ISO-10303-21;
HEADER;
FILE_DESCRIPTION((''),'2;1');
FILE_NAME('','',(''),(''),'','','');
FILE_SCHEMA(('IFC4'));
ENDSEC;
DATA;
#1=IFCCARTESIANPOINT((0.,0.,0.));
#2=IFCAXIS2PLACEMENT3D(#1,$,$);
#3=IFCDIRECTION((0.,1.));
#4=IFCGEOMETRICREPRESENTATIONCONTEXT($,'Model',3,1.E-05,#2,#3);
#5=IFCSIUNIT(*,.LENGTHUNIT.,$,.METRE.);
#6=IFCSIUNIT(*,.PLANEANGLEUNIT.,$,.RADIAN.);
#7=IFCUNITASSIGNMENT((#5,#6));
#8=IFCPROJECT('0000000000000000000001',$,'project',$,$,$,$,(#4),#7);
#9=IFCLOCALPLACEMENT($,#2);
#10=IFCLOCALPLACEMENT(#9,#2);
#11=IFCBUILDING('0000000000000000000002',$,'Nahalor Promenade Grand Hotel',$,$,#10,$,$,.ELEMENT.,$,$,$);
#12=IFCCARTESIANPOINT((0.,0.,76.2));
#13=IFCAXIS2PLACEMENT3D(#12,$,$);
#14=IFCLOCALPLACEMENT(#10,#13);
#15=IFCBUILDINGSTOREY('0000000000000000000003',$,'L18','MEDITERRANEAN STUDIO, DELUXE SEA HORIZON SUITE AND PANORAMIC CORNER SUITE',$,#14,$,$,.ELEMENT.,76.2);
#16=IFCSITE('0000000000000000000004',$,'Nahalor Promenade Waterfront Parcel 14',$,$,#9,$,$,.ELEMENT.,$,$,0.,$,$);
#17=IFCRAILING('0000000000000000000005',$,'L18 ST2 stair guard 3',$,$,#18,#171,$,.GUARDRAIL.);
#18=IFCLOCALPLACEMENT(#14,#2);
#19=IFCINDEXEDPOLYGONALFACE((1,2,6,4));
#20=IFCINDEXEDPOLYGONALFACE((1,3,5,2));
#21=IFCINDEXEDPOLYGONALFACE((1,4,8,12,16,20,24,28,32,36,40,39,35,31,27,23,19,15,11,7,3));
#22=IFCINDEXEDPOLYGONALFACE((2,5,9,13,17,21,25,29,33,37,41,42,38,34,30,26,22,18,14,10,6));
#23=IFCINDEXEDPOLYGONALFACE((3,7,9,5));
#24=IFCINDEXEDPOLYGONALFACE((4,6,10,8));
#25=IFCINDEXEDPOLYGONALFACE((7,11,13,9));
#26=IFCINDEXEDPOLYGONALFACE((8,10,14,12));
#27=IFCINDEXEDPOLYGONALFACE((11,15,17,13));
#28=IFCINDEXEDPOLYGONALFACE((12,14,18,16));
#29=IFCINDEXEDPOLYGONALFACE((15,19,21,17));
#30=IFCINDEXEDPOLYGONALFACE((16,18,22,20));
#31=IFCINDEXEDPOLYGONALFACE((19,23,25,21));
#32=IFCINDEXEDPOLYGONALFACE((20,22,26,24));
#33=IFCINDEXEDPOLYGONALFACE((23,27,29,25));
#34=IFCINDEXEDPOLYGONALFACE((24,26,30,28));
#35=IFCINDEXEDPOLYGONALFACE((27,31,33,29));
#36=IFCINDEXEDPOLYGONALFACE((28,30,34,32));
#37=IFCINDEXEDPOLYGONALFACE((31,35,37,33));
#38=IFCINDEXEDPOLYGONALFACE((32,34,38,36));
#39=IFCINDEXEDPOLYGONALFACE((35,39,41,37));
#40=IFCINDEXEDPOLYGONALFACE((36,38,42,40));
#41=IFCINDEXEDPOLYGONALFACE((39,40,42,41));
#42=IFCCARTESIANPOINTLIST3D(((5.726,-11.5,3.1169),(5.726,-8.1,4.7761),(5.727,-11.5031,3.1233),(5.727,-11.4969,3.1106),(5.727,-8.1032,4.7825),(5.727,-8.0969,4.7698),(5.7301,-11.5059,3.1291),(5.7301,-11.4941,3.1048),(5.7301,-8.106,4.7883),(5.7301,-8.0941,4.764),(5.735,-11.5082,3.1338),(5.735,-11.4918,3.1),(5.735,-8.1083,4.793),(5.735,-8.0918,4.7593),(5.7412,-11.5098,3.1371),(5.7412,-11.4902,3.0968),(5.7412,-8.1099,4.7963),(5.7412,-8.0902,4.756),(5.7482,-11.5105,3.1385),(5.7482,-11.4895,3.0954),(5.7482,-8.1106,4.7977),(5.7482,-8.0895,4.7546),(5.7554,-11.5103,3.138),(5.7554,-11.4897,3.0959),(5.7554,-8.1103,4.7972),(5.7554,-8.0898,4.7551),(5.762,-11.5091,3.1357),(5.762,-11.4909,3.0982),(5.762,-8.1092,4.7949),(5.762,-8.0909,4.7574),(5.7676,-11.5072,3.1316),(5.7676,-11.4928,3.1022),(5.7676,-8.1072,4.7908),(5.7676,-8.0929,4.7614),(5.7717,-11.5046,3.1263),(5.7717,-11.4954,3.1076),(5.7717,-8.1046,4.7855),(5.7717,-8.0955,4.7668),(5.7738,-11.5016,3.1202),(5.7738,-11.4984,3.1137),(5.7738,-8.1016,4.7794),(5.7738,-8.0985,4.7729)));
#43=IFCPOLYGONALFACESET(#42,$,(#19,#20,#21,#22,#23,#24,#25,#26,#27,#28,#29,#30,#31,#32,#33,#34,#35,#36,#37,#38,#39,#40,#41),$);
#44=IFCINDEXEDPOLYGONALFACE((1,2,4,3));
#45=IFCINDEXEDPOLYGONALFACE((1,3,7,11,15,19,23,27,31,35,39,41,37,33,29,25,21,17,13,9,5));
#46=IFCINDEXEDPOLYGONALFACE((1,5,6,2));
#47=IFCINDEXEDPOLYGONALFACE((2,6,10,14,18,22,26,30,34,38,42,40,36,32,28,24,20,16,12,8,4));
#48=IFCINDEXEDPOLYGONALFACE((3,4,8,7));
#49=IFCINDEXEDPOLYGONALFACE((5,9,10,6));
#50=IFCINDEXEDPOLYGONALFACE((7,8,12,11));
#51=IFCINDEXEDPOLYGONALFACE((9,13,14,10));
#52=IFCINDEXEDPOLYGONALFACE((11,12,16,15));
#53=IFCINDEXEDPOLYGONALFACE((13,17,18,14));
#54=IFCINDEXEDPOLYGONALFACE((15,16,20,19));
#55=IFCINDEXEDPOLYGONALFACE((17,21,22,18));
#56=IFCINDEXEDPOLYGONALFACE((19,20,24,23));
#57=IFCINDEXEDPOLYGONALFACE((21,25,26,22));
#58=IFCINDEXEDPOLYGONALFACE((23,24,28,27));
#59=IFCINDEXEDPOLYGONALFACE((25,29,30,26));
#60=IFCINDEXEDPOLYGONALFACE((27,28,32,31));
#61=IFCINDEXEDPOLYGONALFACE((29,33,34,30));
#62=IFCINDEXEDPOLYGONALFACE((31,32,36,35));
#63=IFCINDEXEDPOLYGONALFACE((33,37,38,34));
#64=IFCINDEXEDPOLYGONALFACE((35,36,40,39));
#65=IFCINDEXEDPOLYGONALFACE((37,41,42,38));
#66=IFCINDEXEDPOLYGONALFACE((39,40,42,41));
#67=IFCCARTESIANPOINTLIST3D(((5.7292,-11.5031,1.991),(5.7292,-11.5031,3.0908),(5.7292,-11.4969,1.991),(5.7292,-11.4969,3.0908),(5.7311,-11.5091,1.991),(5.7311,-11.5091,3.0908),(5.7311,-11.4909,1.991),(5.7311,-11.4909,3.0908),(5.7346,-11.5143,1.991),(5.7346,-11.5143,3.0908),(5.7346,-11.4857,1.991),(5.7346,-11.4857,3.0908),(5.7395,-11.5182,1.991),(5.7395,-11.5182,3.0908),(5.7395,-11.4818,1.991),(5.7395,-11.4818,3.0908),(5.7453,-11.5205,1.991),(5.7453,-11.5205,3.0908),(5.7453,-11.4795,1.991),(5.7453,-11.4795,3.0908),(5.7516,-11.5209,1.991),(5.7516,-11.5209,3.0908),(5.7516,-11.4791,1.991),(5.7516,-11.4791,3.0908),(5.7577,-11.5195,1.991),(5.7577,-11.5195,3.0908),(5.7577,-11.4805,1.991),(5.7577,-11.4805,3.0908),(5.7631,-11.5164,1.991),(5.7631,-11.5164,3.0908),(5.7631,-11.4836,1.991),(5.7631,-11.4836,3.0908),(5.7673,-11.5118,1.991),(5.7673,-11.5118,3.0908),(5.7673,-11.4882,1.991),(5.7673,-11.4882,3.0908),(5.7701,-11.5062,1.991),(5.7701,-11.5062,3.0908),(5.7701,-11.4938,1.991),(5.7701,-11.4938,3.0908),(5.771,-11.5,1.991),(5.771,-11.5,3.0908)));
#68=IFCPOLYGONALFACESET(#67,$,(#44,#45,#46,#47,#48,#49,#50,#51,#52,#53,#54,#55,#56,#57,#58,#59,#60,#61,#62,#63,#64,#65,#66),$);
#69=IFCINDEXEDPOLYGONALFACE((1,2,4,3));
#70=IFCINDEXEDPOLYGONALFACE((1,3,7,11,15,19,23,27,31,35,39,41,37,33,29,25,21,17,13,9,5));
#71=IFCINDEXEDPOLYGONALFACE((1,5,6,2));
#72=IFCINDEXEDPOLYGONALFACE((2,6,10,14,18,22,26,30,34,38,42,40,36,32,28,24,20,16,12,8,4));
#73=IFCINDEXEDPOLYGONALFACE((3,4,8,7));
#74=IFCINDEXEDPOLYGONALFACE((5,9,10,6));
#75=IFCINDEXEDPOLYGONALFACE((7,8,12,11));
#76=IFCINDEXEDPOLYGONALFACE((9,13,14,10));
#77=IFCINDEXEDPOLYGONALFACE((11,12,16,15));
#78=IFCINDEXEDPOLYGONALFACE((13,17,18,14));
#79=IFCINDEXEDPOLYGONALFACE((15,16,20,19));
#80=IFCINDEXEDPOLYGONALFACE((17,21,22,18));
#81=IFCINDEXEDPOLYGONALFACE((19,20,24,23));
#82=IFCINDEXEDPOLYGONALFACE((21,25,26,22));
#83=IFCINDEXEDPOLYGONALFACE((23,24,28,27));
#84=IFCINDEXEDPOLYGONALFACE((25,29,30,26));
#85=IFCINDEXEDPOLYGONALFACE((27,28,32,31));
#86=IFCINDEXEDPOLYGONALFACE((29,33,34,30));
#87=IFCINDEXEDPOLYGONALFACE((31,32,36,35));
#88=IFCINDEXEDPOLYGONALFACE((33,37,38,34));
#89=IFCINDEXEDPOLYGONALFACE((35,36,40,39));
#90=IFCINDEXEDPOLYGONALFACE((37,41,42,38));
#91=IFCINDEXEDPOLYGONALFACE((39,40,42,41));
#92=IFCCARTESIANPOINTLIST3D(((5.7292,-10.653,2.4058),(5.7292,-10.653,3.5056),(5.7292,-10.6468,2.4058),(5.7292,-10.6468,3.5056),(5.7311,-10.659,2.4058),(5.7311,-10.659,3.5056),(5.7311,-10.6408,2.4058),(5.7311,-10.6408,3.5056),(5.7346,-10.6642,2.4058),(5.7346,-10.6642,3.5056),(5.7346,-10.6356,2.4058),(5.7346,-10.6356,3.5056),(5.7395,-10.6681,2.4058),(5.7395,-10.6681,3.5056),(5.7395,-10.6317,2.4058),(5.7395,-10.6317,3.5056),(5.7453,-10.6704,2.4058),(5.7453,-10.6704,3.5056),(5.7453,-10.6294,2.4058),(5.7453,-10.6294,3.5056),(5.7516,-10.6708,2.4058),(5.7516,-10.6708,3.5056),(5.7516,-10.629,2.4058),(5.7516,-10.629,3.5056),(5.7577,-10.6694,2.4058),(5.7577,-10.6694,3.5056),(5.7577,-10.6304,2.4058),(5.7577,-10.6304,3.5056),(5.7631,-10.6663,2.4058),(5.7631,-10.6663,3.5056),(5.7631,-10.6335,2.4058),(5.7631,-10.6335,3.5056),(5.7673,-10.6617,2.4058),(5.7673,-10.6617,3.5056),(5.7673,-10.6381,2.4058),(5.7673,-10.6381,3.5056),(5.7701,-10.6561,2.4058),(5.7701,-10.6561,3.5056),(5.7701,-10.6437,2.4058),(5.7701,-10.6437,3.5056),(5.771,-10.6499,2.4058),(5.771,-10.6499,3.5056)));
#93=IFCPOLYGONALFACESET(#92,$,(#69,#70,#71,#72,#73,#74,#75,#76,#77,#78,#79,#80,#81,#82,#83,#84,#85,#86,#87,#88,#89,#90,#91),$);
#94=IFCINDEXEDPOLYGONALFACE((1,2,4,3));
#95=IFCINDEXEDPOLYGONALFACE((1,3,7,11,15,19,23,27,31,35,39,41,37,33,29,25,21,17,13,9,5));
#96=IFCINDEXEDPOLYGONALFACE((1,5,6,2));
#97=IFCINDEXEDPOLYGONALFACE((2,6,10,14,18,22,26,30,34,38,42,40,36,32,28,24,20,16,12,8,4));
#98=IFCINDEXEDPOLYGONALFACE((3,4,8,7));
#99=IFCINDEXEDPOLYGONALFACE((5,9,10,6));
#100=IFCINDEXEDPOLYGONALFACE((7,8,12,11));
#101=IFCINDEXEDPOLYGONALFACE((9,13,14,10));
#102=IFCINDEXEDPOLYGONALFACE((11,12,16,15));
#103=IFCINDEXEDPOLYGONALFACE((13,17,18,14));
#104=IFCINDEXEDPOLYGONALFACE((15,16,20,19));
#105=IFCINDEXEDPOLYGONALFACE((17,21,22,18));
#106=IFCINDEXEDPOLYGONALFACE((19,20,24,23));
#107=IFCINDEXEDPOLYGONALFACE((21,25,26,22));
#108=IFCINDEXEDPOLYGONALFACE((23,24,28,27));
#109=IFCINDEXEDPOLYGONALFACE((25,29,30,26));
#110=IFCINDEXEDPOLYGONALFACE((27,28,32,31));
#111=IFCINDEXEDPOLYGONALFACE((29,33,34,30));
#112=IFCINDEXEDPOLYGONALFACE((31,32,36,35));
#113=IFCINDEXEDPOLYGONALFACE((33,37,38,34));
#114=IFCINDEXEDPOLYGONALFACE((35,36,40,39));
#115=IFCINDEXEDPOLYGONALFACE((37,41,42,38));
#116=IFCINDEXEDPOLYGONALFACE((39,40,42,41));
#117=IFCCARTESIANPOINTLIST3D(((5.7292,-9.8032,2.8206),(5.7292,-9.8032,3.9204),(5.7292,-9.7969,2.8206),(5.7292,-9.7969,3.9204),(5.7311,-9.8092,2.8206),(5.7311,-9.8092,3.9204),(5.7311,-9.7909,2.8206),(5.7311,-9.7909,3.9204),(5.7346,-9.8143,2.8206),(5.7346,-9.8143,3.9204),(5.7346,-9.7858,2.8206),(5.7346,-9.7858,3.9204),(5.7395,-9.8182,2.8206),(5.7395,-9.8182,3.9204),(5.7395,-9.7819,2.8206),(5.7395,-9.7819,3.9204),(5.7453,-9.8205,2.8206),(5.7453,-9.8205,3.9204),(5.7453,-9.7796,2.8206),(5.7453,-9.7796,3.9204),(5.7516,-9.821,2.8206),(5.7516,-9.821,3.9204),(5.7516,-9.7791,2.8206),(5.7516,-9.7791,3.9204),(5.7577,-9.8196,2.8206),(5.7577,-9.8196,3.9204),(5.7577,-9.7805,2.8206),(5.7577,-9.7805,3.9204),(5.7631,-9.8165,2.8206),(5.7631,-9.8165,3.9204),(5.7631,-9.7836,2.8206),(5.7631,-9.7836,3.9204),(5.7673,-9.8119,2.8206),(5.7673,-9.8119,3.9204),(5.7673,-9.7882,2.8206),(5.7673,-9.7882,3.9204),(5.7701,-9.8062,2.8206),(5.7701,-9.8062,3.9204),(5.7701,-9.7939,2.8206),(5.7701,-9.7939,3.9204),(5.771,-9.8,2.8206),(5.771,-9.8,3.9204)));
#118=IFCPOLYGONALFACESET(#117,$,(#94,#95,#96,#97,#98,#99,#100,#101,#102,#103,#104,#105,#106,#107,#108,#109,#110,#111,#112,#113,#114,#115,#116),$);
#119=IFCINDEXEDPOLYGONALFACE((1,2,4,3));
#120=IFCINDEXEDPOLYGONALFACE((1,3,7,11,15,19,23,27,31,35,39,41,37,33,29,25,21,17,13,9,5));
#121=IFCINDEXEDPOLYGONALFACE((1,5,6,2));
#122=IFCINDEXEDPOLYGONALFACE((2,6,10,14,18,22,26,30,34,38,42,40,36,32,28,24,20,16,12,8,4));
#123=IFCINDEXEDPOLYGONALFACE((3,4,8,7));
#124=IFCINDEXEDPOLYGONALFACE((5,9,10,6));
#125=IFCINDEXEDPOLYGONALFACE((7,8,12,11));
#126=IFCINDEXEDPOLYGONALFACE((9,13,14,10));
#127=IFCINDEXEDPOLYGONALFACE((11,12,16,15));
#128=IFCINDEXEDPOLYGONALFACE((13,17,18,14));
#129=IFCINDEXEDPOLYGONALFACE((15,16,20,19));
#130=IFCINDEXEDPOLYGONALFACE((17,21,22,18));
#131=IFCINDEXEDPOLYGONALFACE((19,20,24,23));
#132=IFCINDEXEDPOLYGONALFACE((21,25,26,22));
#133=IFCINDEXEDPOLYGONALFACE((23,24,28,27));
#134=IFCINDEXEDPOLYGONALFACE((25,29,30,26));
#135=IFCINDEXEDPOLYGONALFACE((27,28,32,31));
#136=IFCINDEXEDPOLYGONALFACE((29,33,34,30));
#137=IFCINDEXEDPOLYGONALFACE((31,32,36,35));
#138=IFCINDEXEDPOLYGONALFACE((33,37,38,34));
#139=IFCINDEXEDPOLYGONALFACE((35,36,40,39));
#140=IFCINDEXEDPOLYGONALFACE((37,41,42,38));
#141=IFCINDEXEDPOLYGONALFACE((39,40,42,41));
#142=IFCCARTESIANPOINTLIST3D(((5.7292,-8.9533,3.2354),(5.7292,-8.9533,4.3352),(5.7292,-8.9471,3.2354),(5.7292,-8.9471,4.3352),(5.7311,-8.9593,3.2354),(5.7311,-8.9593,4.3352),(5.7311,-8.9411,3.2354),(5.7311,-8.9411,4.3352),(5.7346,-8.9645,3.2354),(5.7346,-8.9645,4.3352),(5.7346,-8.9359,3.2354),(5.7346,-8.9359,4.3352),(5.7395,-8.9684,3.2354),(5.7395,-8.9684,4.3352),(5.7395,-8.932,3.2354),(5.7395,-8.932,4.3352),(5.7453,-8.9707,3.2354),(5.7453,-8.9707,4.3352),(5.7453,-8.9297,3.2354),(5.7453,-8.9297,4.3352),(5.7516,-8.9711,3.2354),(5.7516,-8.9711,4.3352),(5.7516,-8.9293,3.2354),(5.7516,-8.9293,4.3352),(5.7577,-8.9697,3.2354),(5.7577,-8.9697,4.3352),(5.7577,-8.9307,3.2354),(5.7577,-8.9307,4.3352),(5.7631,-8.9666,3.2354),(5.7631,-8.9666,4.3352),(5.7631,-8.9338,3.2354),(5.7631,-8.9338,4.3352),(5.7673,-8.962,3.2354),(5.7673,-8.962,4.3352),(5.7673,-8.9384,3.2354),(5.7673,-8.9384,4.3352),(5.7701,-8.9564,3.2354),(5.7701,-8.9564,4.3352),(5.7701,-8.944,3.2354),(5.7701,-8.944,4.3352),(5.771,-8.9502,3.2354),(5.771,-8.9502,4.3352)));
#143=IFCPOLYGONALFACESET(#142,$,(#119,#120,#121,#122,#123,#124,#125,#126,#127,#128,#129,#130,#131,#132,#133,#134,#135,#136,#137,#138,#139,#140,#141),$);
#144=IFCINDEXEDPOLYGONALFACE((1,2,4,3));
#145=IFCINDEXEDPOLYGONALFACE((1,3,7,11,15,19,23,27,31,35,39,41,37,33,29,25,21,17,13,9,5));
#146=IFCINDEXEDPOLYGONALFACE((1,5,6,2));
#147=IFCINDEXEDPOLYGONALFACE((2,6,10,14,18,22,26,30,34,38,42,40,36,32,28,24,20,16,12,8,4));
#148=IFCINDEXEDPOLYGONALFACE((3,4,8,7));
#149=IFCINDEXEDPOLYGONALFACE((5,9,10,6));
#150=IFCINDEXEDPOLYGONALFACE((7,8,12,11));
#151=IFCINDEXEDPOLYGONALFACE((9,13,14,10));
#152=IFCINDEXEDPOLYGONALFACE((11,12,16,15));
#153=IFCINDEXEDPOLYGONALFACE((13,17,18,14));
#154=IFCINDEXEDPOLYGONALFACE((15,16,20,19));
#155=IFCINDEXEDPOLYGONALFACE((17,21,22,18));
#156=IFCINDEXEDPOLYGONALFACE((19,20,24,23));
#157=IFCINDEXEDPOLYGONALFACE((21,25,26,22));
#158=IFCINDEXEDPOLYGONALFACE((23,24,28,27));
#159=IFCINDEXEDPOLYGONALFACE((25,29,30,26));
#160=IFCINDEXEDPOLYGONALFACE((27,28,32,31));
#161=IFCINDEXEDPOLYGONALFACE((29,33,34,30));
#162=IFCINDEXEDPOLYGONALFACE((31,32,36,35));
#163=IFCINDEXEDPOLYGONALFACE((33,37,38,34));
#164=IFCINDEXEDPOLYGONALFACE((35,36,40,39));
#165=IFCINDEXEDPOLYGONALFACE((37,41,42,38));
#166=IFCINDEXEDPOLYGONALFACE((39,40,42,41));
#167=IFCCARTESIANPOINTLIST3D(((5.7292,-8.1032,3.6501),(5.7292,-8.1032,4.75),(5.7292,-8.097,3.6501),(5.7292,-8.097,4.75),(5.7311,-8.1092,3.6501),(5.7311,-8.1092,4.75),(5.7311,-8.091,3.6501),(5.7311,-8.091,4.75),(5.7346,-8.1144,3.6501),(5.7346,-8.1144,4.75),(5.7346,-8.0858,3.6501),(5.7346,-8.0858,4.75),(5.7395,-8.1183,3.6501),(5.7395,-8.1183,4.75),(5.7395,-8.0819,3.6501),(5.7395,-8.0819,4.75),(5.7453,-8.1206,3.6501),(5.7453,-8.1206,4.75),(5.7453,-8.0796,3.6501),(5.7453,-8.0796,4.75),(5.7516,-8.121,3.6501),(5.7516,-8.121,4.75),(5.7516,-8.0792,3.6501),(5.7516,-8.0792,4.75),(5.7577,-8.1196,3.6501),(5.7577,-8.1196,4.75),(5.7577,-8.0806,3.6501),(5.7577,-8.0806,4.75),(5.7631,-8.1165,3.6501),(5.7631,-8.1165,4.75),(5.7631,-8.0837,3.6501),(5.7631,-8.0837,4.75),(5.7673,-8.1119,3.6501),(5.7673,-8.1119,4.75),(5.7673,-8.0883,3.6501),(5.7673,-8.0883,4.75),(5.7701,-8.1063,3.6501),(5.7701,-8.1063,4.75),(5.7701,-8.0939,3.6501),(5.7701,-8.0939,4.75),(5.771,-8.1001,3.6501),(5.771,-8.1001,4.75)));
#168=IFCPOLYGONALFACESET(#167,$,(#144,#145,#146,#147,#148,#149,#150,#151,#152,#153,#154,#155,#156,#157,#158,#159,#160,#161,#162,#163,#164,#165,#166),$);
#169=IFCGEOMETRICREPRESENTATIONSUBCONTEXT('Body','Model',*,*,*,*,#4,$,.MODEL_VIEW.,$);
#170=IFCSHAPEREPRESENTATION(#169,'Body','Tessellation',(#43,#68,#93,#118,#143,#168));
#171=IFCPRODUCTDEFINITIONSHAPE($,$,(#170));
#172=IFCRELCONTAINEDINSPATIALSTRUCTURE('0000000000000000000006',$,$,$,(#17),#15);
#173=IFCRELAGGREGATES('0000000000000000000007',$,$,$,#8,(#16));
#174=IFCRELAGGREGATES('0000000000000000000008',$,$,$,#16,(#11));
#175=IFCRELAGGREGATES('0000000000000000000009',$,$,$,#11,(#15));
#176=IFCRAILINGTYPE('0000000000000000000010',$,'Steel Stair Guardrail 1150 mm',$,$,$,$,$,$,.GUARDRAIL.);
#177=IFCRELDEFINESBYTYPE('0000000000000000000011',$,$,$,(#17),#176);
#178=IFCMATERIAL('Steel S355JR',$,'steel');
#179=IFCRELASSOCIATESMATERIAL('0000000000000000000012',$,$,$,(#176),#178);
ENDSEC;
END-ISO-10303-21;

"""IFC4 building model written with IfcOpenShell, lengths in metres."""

from ifc_helpers import new_model, si_unit, direction, frame, origin, origin_2d, place, context, subcontext, project, spatial, circle, extrude, material, type_object, element, save


model = new_model("IFC4")

# Units and contexts
model_context = context("Model", 3, precision=1e-05, world=origin(), true_north=direction((0.0, 1.0)))
body_context = subcontext(model_context, "Body", "Model", "MODEL_VIEW")
ifc_project = project(units=[si_unit("LENGTHUNIT", "METRE"), si_unit("PLANEANGLEUNIT", "RADIAN")], contexts=[model_context])

# Site, building, storey
site_placement = place(None, origin())
site = spatial("IfcSite", under=ifc_project, at=site_placement, Name="Nahalor Promenade Waterfront Parcel 14", CompositionType="ELEMENT", RefElevation=0.0)
building_placement = place(site_placement, origin())
building = spatial("IfcBuilding", under=site, at=building_placement, Name="Nahalor Promenade Grand Hotel", CompositionType="ELEMENT")
storey_placement = place(building_placement, frame((0.0, 0.0, 76.2)))
storey = spatial("IfcBuildingStorey", under=building, at=storey_placement, Name="L18", Description="MEDITERRANEAN STUDIO, DELUXE SEA HORIZON SUITE AND PANORAMIC CORNER SUITE", CompositionType="ELEMENT", Elevation=76.2)

# Shared definitions
ifc_material_1 = material(Name="Steel S355JR", Category="steel")

# Railing
railing_type_1 = type_object("IfcRailingType", Name="Steel Stair Guardrail 1150 mm", PredefinedType="GUARDRAIL", material=ifc_material_1)
railing_1_placement = place(storey_placement, frame((5.75, -11.5, 1.991)))
element("IfcRailing", 1, at=railing_1_placement, inside=storey, type_object=railing_type_1, Name="L18 ST2 stair guard 3", PredefinedType="GUARDRAIL", context=body_context, shape_type="SweptSolid", body=[
    extrude(circle(Radius=0.024, at=origin_2d()), frame((0.0, 0.0, 1.126), z_axis=(0.0, 0.898696, 0.438571), x_axis=(-1.0, 0.0, 0.0)), (0.0, 0.0, 1.0), 3.7832),
    extrude(circle(Radius=0.021, at=origin_2d()), origin(), (0.0, 0.0, 1.0), 1.0999),
    extrude(circle(Radius=0.021, at=origin_2d()), frame((0.0, 0.8501, 0.4148)), (0.0, 0.0, 1.0), 1.0999),
    extrude(circle(Radius=0.021, at=origin_2d()), frame((0.0, 1.7, 0.8296)), (0.0, 0.0, 1.0), 1.0999),
    extrude(circle(Radius=0.021, at=origin_2d()), frame((0.0, 2.5498, 1.2444)), (0.0, 0.0, 1.0), 1.0999),
    extrude(circle(Radius=0.021, at=origin_2d()), frame((0.0, 3.3999, 1.6592)), (0.0, 0.0, 1.0), 1.0999),
])

save(model, "model.ifc")
